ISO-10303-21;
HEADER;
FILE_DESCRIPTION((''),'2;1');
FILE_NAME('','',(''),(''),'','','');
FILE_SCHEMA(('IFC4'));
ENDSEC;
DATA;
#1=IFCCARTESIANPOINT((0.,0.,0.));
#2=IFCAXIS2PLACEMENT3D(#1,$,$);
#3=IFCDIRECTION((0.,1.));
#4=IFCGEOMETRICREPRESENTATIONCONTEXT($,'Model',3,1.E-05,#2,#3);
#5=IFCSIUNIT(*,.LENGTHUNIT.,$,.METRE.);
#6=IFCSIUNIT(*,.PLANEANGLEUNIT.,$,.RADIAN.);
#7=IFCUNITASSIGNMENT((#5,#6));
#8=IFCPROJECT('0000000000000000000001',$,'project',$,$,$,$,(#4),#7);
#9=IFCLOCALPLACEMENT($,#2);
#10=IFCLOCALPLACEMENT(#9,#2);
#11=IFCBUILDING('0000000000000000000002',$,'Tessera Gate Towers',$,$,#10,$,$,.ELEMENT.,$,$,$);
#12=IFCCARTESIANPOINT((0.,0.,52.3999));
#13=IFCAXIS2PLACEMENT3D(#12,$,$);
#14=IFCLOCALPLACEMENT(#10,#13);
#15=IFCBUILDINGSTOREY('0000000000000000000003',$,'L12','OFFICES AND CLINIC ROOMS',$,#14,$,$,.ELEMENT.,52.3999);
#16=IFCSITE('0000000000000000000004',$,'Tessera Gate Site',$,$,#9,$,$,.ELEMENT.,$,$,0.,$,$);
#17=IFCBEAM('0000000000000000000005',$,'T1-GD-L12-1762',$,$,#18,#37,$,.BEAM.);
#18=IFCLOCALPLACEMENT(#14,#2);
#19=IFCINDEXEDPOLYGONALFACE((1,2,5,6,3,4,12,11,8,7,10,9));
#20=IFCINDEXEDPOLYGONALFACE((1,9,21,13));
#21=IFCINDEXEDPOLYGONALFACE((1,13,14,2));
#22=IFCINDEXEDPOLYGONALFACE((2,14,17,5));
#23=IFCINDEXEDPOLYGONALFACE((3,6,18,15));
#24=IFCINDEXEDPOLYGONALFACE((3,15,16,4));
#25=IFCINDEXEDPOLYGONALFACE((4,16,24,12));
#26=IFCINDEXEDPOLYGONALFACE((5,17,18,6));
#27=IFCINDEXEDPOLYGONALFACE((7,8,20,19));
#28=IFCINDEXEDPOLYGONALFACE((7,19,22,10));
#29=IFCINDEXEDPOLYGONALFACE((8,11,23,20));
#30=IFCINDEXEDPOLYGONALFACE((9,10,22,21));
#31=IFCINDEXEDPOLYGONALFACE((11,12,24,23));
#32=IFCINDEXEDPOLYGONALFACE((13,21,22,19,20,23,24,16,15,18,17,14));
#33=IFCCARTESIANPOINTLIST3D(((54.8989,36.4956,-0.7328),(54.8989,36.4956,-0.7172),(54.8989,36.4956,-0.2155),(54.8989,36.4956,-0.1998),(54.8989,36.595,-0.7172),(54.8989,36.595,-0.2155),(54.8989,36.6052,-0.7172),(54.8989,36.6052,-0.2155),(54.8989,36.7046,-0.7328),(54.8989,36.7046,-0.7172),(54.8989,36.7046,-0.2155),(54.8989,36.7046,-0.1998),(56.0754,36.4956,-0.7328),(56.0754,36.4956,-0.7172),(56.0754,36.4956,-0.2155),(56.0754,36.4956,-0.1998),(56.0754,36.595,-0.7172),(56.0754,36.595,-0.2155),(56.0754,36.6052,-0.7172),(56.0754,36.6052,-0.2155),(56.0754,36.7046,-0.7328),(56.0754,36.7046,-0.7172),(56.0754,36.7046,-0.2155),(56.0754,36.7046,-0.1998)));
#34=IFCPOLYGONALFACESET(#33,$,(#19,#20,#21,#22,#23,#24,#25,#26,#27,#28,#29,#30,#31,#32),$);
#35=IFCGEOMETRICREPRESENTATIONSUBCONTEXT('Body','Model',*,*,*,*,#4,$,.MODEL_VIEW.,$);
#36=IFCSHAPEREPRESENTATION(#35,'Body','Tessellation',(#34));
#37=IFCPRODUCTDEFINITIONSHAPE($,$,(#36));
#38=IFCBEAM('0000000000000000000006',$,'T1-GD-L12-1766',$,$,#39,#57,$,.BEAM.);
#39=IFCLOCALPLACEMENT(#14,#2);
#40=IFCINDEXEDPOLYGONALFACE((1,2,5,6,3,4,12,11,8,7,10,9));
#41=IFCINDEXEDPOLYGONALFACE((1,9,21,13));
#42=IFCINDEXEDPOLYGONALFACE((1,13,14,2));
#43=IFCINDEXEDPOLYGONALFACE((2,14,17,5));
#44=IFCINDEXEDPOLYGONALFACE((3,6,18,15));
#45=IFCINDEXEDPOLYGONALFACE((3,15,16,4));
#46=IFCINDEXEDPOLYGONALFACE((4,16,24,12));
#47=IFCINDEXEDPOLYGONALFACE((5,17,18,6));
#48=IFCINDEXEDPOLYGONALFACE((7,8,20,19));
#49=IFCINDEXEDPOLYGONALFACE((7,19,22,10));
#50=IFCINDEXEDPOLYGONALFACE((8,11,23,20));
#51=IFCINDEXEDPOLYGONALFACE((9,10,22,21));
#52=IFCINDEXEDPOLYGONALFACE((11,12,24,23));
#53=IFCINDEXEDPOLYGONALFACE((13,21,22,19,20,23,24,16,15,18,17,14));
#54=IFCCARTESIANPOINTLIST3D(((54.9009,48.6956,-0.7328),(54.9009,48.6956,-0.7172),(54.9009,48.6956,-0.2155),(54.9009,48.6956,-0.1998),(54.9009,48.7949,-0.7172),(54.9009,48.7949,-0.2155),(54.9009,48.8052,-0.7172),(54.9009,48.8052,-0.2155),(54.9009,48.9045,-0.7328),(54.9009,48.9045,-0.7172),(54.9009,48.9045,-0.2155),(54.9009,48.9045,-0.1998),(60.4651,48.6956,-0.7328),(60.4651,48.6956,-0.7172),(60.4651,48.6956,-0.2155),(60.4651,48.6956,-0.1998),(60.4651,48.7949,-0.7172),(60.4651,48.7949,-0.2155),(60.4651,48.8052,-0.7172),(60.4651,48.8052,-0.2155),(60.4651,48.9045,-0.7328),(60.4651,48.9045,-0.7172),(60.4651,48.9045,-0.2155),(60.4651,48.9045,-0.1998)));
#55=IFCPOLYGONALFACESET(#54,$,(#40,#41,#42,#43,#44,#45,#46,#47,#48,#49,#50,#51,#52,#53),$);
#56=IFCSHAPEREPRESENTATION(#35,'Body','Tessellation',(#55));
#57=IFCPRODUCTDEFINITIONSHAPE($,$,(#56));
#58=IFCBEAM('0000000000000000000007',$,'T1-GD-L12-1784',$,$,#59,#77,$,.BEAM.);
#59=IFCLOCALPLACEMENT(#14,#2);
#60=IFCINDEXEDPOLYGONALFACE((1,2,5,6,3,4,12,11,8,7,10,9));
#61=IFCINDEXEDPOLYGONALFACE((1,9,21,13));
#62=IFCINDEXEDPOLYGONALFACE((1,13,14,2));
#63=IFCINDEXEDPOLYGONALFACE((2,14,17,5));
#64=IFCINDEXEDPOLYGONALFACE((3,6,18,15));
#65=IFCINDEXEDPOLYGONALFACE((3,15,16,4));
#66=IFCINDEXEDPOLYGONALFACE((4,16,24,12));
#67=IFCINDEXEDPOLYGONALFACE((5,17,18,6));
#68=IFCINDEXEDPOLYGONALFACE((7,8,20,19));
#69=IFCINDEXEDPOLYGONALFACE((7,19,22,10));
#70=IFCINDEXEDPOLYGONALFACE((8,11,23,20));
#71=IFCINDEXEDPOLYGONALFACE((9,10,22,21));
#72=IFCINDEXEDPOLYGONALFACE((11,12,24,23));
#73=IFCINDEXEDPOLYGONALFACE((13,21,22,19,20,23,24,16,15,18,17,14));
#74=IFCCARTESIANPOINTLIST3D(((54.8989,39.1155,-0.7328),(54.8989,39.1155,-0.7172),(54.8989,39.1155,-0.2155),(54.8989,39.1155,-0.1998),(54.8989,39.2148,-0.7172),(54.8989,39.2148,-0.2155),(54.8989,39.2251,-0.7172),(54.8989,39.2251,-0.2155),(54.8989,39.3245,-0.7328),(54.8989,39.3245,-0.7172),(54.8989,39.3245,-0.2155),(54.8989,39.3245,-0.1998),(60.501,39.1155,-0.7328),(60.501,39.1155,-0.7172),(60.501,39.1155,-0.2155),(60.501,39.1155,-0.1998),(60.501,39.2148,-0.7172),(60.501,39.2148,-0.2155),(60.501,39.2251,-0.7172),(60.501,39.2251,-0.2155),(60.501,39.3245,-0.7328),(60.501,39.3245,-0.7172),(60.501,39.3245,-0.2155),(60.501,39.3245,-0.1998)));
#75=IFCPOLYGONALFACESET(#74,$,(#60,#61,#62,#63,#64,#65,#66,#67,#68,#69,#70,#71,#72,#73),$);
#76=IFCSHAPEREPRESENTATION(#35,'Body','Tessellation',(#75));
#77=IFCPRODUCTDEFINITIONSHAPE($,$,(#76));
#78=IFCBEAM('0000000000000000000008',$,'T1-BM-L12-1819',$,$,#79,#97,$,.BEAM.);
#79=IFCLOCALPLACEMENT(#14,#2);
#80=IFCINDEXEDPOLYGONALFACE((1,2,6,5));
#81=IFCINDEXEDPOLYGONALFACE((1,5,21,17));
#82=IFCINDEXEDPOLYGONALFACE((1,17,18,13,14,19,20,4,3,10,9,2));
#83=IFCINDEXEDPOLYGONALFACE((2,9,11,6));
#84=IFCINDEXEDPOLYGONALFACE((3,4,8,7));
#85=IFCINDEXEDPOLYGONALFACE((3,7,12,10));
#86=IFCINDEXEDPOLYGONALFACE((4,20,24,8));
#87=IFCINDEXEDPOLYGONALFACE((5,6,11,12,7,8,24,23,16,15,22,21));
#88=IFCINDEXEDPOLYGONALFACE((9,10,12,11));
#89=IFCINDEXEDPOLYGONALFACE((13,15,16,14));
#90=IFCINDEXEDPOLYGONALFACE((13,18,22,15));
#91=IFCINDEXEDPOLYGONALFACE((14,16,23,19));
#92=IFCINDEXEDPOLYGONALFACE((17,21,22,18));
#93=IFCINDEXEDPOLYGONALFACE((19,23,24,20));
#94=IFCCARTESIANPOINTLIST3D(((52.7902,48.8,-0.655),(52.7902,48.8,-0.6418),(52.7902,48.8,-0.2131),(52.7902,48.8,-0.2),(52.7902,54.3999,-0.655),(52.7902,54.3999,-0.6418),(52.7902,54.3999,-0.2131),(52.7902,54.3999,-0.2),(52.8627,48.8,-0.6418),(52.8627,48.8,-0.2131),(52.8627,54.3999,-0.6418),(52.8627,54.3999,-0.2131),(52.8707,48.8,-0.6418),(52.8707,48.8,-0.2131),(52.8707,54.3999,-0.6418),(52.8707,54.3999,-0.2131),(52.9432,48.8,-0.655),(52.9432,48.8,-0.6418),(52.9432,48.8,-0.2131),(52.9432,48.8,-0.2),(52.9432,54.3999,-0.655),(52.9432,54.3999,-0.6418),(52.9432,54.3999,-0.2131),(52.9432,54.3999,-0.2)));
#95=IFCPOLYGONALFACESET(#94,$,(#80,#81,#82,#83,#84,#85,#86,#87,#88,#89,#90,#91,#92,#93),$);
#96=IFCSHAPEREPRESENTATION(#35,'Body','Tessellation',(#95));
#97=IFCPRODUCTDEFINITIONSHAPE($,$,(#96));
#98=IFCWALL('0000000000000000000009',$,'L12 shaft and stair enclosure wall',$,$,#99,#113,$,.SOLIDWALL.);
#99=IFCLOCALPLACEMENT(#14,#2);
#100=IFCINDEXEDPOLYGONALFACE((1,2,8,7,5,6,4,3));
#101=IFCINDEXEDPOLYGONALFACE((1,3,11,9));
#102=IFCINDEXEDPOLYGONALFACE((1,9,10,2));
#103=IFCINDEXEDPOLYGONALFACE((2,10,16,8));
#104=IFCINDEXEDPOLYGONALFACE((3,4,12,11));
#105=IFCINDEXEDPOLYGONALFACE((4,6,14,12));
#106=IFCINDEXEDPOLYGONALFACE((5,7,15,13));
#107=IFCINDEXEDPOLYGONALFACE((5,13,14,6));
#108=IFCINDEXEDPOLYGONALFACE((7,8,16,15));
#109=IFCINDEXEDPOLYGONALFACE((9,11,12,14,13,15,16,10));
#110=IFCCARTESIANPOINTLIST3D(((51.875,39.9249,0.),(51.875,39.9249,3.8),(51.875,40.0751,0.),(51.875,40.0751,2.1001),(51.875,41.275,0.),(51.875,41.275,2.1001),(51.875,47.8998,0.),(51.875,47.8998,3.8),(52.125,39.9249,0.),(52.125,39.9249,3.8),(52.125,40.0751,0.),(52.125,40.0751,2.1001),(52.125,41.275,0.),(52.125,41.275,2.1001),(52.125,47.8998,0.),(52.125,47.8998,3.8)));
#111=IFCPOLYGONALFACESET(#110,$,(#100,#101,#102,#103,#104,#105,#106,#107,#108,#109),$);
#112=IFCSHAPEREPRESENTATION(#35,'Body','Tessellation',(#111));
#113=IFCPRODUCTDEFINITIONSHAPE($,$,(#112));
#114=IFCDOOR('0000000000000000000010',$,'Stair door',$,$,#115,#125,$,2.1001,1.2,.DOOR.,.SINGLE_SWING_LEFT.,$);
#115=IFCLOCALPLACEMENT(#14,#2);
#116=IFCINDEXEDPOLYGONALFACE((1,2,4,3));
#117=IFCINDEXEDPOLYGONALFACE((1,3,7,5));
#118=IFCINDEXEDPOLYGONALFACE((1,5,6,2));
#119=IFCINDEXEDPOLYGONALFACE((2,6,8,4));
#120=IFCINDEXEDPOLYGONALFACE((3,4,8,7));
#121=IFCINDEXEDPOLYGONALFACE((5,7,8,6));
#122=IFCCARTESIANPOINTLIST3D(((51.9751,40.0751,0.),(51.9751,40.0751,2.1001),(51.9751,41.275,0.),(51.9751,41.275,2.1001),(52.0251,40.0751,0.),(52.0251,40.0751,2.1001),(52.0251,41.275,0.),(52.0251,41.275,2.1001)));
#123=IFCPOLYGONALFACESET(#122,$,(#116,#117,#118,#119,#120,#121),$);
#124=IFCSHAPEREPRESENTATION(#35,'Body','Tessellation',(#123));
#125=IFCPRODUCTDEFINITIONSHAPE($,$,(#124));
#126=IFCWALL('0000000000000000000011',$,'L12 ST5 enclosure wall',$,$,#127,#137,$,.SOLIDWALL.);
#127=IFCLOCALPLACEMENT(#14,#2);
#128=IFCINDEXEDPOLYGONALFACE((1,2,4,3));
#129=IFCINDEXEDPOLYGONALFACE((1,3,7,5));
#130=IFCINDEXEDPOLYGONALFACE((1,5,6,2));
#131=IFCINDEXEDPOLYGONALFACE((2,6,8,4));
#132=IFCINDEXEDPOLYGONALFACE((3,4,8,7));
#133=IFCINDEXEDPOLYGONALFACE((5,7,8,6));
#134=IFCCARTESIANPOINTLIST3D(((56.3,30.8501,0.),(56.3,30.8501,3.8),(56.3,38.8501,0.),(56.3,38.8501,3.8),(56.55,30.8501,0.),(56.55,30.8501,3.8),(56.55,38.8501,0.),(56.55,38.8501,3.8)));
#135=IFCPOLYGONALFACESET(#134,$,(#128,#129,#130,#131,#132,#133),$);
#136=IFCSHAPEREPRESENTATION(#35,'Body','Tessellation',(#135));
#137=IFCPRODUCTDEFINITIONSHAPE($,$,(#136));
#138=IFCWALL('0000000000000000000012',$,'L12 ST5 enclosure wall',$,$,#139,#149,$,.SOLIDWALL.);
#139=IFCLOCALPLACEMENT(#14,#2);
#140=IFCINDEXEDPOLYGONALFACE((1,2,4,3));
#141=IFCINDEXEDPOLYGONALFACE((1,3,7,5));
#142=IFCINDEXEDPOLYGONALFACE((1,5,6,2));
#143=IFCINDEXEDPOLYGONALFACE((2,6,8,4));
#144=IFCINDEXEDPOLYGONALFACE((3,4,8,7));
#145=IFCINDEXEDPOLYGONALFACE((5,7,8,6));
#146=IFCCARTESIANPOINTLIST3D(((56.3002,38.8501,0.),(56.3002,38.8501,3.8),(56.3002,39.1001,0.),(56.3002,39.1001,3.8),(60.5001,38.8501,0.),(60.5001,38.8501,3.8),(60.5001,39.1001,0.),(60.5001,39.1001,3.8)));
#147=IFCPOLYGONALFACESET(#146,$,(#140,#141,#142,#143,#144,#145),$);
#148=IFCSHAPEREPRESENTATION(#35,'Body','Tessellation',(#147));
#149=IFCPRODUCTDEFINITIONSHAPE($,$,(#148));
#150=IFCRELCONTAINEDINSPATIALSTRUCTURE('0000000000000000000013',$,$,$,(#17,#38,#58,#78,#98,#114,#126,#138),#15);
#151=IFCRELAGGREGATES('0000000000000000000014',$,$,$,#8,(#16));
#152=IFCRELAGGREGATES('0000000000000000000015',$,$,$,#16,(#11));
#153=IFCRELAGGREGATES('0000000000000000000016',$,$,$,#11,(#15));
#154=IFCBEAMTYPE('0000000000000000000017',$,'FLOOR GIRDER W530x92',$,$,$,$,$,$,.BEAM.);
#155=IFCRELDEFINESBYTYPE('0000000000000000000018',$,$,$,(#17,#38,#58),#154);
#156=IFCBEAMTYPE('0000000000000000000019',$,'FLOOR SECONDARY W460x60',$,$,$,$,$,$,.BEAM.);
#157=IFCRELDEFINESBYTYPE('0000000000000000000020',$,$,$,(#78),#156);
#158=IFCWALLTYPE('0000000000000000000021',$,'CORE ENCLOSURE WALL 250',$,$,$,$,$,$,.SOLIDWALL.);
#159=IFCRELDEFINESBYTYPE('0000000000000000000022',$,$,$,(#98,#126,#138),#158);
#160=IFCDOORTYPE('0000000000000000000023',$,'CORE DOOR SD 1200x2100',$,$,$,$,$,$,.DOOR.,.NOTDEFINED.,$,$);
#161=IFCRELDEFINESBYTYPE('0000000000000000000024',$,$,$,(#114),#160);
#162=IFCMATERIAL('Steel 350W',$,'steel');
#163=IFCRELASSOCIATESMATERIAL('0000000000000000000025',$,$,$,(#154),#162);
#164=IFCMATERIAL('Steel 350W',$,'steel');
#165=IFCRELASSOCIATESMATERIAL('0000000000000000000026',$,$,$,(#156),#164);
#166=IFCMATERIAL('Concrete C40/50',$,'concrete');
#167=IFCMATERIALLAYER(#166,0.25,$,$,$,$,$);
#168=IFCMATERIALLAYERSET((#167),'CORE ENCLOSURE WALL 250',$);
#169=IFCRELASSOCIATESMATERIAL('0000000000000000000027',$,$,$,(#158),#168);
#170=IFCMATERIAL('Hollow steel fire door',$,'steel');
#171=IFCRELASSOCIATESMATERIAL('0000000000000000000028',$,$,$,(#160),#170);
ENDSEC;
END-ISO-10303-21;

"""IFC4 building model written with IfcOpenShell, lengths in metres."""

from ifc_helpers import new_model, si_unit, direction, frame, frame_2d, origin, origin_2d, place, context, subcontext, project, spatial, rectangle, i_section, extrude, source, transform, mapped, material, layer, layer_set, material_profile, profile_set, type_object, element, fill, save


model = new_model("IFC4")

# Units and contexts
model_context = context("Model", 3, precision=1e-05, world=origin(), true_north=direction((0.0, 1.0)))
body_context = subcontext(model_context, "Body", "Model", "MODEL_VIEW")
ifc_project = project(units=[si_unit("LENGTHUNIT", "METRE"), si_unit("PLANEANGLEUNIT", "RADIAN")], contexts=[model_context])

# Site, building, storey
site_placement = place(None, origin())
site = spatial("IfcSite", under=ifc_project, at=site_placement, Name="Tessera Gate Site", CompositionType="ELEMENT", RefElevation=0.0)
building_placement = place(site_placement, origin())
building = spatial("IfcBuilding", under=site, at=building_placement, Name="Tessera Gate Towers", CompositionType="ELEMENT")
storey_placement = place(building_placement, frame((0.0, 0.0, 52.3999)))
storey = spatial("IfcBuildingStorey", under=building, at=storey_placement, Name="L12", Description="OFFICES AND CLINIC ROOMS", CompositionType="ELEMENT", Elevation=52.3999)

# Beams
ifc_material_1 = material(Name="Steel 350W", Category="steel")
ifc_material_profile_1 = material_profile(ifc_material_1, i_section(OverallWidth=0.209, OverallDepth=0.533, WebThickness=0.0103, FlangeThickness=0.0156, at=origin_2d()), Name="W530x92")
ifc_profile_set_1 = profile_set([ifc_material_profile_1], Name="Steel 350W")
beam_type_1 = type_object("IfcBeamType", Name="FLOOR GIRDER W530x92", PredefinedType="BEAM", material=ifc_profile_set_1)
beam_1_placement = place(storey_placement, frame((54.8989, 36.6001, -0.4663), z_axis=(1.0, 0.0, 0.0), x_axis=(0.0, 1.0, 0.0)))
element("IfcBeam", 1, at=beam_1_placement, inside=storey, type_object=beam_type_1, Name="T1-GD-L12-1762", PredefinedType="BEAM", context=body_context, shape_type="SweptSolid", body=[
    extrude(i_section(OverallWidth=0.209, OverallDepth=0.533, WebThickness=0.0103, FlangeThickness=0.0156, at=origin_2d()), origin(), (0.0, 0.0, 1.0), 1.1765),
])
beam_2_placement = place(storey_placement, frame((54.9009, 48.8, -0.4663), z_axis=(1.0, 0.0, 0.0), x_axis=(0.0, 1.0, 0.0)))
element("IfcBeam", 2, at=beam_2_placement, inside=storey, type_object=beam_type_1, Name="T1-GD-L12-1766", PredefinedType="BEAM", context=body_context, shape_type="SweptSolid", body=[
    extrude(i_section(OverallWidth=0.209, OverallDepth=0.533, WebThickness=0.0103, FlangeThickness=0.0156, at=origin_2d()), origin(), (0.0, 0.0, 1.0), 5.5642),
])
beam_3_placement = place(storey_placement, frame((54.8989, 39.22, -0.4663), z_axis=(1.0, 0.0, 0.0), x_axis=(0.0, 1.0, 0.0)))
element("IfcBeam", 3, at=beam_3_placement, inside=storey, type_object=beam_type_1, Name="T1-GD-L12-1784", PredefinedType="BEAM", context=body_context, shape_type="SweptSolid", body=[
    extrude(i_section(OverallWidth=0.209, OverallDepth=0.533, WebThickness=0.0103, FlangeThickness=0.0156, at=origin_2d()), origin(), (0.0, 0.0, 1.0), 5.6021),
])
ifc_material_2 = material(Name="Steel 350W", Category="steel")
ifc_material_profile_2 = material_profile(ifc_material_2, i_section(OverallWidth=0.1531, OverallDepth=0.4551, WebThickness=0.0081, FlangeThickness=0.0132, at=origin_2d()), Name="W460x60")
ifc_profile_set_2 = profile_set([ifc_material_profile_2], Name="Steel 350W")
beam_type_2 = type_object("IfcBeamType", Name="FLOOR SECONDARY W460x60", PredefinedType="BEAM", material=ifc_profile_set_2)
beam_4_placement = place(storey_placement, frame((52.8667, 48.8, -0.4275), z_axis=(0.0, 1.0, 0.0), x_axis=(-1.0, 0.0, 0.0)))
element("IfcBeam", 4, at=beam_4_placement, inside=storey, type_object=beam_type_2, Name="T1-BM-L12-1819", PredefinedType="BEAM", context=body_context, shape_type="SweptSolid", body=[
    extrude(i_section(OverallWidth=0.1531, OverallDepth=0.4551, WebThickness=0.0081, FlangeThickness=0.0132, at=origin_2d()), origin(), (0.0, 0.0, 1.0), 5.5999),
])

# Wall, opening, door
ifc_material_3 = material(Name="Concrete C40/50", Category="concrete")
ifc_layer_1 = layer(ifc_material_3, 0.25)
ifc_layer_set_1 = layer_set([ifc_layer_1], Name="CORE ENCLOSURE WALL 250")
wall_type_1 = type_object("IfcWallType", Name="CORE ENCLOSURE WALL 250", PredefinedType="SOLIDWALL", material=ifc_layer_set_1)
wall_1_placement = place(storey_placement, frame((52.0, 39.925, 0.0), z_axis=(0.0, 0.0, 1.0), x_axis=(0.0, 1.0, 0.0)))
wall_1 = element("IfcWall", 5, at=wall_1_placement, inside=storey, type_object=wall_type_1, Name="L12 shaft and stair enclosure wall", PredefinedType="SOLIDWALL", context=body_context, shape_type="SweptSolid", body=[
    extrude(rectangle(XDim=7.9749, YDim=0.25, at=frame_2d((3.9873, 0.0))), origin(), (0.0, 0.0, 1.0), 3.8),
])
shared_shape_1 = source(origin(), body_context, "Body", "SweptSolid", [
    extrude(rectangle(XDim=1.2, YDim=2.1001, at=frame_2d((0.6001, 1.05))), frame((0.0, 0.135, 0.0), z_axis=(0.0, -1.0, 0.0), x_axis=(1.0, 0.0, 0.0)), (0.0, 0.0, 1.0), 0.27),
])
opening_1_placement = place(wall_1_placement, frame((0.1499, 0.0, 0.0)))
opening_1 = element("IfcOpeningElement", 6, at=opening_1_placement, cuts=wall_1, PredefinedType="OPENING", context=body_context, shape_type="MappedRepresentation", body=[
    mapped(shared_shape_1, transform((0.0, 0.0, 0.0), scale=1.0)),
])
ifc_material_4 = material(Name="Hollow steel fire door", Category="steel")
door_type_1 = type_object("IfcDoorType", Name="CORE DOOR SD 1200x2100", OperationType="NOTDEFINED", PredefinedType="DOOR", material=ifc_material_4)
shared_shape_2 = source(origin(), body_context, "Body", "SweptSolid", [
    extrude(rectangle(XDim=1.2, YDim=2.1001, at=frame_2d((0.6001, 1.05))), frame((0.0, 0.0249, 0.0), z_axis=(0.0, -1.0, 0.0), x_axis=(1.0, 0.0, 0.0)), (0.0, 0.0, 1.0), 0.05),
])
door_1_placement = place(opening_1_placement, origin())
door_1 = element("IfcDoor", 7, at=door_1_placement, inside=storey, type_object=door_type_1, Name="Stair door", OperationType="SINGLE_SWING_LEFT", OverallHeight=2.1001, OverallWidth=1.2, PredefinedType="DOOR", context=body_context, shape_type="MappedRepresentation", body=[
    mapped(shared_shape_2, transform((0.0, 0.0, 0.0), scale=1.0)),
])
fill(opening_1, door_1)

# Walls
wall_2_placement = place(storey_placement, frame((56.425, 30.8501, 0.0), z_axis=(0.0, 0.0, 1.0), x_axis=(0.0, 1.0, 0.0)))
element("IfcWall", 8, at=wall_2_placement, inside=storey, type_object=wall_type_1, Name="L12 ST5 enclosure wall", PredefinedType="SOLIDWALL", context=body_context, shape_type="SweptSolid", body=[
    extrude(rectangle(XDim=8.0, YDim=0.25, at=frame_2d((4.0, 0.0))), origin(), (0.0, 0.0, 1.0), 3.8),
])
wall_3_placement = place(storey_placement, frame((56.3, 38.9751, 0.0), z_axis=(0.0, 0.0, 1.0), x_axis=(1.0, 0.0, 0.0)))
element("IfcWall", 9, at=wall_3_placement, inside=storey, type_object=wall_type_1, Name="L12 ST5 enclosure wall", PredefinedType="SOLIDWALL", context=body_context, shape_type="SweptSolid", body=[
    extrude(rectangle(XDim=4.2, YDim=0.25, at=frame_2d((2.1001, 0.0))), origin(), (0.0, 0.0, 1.0), 3.8),
])

save(model, "model.ifc")
